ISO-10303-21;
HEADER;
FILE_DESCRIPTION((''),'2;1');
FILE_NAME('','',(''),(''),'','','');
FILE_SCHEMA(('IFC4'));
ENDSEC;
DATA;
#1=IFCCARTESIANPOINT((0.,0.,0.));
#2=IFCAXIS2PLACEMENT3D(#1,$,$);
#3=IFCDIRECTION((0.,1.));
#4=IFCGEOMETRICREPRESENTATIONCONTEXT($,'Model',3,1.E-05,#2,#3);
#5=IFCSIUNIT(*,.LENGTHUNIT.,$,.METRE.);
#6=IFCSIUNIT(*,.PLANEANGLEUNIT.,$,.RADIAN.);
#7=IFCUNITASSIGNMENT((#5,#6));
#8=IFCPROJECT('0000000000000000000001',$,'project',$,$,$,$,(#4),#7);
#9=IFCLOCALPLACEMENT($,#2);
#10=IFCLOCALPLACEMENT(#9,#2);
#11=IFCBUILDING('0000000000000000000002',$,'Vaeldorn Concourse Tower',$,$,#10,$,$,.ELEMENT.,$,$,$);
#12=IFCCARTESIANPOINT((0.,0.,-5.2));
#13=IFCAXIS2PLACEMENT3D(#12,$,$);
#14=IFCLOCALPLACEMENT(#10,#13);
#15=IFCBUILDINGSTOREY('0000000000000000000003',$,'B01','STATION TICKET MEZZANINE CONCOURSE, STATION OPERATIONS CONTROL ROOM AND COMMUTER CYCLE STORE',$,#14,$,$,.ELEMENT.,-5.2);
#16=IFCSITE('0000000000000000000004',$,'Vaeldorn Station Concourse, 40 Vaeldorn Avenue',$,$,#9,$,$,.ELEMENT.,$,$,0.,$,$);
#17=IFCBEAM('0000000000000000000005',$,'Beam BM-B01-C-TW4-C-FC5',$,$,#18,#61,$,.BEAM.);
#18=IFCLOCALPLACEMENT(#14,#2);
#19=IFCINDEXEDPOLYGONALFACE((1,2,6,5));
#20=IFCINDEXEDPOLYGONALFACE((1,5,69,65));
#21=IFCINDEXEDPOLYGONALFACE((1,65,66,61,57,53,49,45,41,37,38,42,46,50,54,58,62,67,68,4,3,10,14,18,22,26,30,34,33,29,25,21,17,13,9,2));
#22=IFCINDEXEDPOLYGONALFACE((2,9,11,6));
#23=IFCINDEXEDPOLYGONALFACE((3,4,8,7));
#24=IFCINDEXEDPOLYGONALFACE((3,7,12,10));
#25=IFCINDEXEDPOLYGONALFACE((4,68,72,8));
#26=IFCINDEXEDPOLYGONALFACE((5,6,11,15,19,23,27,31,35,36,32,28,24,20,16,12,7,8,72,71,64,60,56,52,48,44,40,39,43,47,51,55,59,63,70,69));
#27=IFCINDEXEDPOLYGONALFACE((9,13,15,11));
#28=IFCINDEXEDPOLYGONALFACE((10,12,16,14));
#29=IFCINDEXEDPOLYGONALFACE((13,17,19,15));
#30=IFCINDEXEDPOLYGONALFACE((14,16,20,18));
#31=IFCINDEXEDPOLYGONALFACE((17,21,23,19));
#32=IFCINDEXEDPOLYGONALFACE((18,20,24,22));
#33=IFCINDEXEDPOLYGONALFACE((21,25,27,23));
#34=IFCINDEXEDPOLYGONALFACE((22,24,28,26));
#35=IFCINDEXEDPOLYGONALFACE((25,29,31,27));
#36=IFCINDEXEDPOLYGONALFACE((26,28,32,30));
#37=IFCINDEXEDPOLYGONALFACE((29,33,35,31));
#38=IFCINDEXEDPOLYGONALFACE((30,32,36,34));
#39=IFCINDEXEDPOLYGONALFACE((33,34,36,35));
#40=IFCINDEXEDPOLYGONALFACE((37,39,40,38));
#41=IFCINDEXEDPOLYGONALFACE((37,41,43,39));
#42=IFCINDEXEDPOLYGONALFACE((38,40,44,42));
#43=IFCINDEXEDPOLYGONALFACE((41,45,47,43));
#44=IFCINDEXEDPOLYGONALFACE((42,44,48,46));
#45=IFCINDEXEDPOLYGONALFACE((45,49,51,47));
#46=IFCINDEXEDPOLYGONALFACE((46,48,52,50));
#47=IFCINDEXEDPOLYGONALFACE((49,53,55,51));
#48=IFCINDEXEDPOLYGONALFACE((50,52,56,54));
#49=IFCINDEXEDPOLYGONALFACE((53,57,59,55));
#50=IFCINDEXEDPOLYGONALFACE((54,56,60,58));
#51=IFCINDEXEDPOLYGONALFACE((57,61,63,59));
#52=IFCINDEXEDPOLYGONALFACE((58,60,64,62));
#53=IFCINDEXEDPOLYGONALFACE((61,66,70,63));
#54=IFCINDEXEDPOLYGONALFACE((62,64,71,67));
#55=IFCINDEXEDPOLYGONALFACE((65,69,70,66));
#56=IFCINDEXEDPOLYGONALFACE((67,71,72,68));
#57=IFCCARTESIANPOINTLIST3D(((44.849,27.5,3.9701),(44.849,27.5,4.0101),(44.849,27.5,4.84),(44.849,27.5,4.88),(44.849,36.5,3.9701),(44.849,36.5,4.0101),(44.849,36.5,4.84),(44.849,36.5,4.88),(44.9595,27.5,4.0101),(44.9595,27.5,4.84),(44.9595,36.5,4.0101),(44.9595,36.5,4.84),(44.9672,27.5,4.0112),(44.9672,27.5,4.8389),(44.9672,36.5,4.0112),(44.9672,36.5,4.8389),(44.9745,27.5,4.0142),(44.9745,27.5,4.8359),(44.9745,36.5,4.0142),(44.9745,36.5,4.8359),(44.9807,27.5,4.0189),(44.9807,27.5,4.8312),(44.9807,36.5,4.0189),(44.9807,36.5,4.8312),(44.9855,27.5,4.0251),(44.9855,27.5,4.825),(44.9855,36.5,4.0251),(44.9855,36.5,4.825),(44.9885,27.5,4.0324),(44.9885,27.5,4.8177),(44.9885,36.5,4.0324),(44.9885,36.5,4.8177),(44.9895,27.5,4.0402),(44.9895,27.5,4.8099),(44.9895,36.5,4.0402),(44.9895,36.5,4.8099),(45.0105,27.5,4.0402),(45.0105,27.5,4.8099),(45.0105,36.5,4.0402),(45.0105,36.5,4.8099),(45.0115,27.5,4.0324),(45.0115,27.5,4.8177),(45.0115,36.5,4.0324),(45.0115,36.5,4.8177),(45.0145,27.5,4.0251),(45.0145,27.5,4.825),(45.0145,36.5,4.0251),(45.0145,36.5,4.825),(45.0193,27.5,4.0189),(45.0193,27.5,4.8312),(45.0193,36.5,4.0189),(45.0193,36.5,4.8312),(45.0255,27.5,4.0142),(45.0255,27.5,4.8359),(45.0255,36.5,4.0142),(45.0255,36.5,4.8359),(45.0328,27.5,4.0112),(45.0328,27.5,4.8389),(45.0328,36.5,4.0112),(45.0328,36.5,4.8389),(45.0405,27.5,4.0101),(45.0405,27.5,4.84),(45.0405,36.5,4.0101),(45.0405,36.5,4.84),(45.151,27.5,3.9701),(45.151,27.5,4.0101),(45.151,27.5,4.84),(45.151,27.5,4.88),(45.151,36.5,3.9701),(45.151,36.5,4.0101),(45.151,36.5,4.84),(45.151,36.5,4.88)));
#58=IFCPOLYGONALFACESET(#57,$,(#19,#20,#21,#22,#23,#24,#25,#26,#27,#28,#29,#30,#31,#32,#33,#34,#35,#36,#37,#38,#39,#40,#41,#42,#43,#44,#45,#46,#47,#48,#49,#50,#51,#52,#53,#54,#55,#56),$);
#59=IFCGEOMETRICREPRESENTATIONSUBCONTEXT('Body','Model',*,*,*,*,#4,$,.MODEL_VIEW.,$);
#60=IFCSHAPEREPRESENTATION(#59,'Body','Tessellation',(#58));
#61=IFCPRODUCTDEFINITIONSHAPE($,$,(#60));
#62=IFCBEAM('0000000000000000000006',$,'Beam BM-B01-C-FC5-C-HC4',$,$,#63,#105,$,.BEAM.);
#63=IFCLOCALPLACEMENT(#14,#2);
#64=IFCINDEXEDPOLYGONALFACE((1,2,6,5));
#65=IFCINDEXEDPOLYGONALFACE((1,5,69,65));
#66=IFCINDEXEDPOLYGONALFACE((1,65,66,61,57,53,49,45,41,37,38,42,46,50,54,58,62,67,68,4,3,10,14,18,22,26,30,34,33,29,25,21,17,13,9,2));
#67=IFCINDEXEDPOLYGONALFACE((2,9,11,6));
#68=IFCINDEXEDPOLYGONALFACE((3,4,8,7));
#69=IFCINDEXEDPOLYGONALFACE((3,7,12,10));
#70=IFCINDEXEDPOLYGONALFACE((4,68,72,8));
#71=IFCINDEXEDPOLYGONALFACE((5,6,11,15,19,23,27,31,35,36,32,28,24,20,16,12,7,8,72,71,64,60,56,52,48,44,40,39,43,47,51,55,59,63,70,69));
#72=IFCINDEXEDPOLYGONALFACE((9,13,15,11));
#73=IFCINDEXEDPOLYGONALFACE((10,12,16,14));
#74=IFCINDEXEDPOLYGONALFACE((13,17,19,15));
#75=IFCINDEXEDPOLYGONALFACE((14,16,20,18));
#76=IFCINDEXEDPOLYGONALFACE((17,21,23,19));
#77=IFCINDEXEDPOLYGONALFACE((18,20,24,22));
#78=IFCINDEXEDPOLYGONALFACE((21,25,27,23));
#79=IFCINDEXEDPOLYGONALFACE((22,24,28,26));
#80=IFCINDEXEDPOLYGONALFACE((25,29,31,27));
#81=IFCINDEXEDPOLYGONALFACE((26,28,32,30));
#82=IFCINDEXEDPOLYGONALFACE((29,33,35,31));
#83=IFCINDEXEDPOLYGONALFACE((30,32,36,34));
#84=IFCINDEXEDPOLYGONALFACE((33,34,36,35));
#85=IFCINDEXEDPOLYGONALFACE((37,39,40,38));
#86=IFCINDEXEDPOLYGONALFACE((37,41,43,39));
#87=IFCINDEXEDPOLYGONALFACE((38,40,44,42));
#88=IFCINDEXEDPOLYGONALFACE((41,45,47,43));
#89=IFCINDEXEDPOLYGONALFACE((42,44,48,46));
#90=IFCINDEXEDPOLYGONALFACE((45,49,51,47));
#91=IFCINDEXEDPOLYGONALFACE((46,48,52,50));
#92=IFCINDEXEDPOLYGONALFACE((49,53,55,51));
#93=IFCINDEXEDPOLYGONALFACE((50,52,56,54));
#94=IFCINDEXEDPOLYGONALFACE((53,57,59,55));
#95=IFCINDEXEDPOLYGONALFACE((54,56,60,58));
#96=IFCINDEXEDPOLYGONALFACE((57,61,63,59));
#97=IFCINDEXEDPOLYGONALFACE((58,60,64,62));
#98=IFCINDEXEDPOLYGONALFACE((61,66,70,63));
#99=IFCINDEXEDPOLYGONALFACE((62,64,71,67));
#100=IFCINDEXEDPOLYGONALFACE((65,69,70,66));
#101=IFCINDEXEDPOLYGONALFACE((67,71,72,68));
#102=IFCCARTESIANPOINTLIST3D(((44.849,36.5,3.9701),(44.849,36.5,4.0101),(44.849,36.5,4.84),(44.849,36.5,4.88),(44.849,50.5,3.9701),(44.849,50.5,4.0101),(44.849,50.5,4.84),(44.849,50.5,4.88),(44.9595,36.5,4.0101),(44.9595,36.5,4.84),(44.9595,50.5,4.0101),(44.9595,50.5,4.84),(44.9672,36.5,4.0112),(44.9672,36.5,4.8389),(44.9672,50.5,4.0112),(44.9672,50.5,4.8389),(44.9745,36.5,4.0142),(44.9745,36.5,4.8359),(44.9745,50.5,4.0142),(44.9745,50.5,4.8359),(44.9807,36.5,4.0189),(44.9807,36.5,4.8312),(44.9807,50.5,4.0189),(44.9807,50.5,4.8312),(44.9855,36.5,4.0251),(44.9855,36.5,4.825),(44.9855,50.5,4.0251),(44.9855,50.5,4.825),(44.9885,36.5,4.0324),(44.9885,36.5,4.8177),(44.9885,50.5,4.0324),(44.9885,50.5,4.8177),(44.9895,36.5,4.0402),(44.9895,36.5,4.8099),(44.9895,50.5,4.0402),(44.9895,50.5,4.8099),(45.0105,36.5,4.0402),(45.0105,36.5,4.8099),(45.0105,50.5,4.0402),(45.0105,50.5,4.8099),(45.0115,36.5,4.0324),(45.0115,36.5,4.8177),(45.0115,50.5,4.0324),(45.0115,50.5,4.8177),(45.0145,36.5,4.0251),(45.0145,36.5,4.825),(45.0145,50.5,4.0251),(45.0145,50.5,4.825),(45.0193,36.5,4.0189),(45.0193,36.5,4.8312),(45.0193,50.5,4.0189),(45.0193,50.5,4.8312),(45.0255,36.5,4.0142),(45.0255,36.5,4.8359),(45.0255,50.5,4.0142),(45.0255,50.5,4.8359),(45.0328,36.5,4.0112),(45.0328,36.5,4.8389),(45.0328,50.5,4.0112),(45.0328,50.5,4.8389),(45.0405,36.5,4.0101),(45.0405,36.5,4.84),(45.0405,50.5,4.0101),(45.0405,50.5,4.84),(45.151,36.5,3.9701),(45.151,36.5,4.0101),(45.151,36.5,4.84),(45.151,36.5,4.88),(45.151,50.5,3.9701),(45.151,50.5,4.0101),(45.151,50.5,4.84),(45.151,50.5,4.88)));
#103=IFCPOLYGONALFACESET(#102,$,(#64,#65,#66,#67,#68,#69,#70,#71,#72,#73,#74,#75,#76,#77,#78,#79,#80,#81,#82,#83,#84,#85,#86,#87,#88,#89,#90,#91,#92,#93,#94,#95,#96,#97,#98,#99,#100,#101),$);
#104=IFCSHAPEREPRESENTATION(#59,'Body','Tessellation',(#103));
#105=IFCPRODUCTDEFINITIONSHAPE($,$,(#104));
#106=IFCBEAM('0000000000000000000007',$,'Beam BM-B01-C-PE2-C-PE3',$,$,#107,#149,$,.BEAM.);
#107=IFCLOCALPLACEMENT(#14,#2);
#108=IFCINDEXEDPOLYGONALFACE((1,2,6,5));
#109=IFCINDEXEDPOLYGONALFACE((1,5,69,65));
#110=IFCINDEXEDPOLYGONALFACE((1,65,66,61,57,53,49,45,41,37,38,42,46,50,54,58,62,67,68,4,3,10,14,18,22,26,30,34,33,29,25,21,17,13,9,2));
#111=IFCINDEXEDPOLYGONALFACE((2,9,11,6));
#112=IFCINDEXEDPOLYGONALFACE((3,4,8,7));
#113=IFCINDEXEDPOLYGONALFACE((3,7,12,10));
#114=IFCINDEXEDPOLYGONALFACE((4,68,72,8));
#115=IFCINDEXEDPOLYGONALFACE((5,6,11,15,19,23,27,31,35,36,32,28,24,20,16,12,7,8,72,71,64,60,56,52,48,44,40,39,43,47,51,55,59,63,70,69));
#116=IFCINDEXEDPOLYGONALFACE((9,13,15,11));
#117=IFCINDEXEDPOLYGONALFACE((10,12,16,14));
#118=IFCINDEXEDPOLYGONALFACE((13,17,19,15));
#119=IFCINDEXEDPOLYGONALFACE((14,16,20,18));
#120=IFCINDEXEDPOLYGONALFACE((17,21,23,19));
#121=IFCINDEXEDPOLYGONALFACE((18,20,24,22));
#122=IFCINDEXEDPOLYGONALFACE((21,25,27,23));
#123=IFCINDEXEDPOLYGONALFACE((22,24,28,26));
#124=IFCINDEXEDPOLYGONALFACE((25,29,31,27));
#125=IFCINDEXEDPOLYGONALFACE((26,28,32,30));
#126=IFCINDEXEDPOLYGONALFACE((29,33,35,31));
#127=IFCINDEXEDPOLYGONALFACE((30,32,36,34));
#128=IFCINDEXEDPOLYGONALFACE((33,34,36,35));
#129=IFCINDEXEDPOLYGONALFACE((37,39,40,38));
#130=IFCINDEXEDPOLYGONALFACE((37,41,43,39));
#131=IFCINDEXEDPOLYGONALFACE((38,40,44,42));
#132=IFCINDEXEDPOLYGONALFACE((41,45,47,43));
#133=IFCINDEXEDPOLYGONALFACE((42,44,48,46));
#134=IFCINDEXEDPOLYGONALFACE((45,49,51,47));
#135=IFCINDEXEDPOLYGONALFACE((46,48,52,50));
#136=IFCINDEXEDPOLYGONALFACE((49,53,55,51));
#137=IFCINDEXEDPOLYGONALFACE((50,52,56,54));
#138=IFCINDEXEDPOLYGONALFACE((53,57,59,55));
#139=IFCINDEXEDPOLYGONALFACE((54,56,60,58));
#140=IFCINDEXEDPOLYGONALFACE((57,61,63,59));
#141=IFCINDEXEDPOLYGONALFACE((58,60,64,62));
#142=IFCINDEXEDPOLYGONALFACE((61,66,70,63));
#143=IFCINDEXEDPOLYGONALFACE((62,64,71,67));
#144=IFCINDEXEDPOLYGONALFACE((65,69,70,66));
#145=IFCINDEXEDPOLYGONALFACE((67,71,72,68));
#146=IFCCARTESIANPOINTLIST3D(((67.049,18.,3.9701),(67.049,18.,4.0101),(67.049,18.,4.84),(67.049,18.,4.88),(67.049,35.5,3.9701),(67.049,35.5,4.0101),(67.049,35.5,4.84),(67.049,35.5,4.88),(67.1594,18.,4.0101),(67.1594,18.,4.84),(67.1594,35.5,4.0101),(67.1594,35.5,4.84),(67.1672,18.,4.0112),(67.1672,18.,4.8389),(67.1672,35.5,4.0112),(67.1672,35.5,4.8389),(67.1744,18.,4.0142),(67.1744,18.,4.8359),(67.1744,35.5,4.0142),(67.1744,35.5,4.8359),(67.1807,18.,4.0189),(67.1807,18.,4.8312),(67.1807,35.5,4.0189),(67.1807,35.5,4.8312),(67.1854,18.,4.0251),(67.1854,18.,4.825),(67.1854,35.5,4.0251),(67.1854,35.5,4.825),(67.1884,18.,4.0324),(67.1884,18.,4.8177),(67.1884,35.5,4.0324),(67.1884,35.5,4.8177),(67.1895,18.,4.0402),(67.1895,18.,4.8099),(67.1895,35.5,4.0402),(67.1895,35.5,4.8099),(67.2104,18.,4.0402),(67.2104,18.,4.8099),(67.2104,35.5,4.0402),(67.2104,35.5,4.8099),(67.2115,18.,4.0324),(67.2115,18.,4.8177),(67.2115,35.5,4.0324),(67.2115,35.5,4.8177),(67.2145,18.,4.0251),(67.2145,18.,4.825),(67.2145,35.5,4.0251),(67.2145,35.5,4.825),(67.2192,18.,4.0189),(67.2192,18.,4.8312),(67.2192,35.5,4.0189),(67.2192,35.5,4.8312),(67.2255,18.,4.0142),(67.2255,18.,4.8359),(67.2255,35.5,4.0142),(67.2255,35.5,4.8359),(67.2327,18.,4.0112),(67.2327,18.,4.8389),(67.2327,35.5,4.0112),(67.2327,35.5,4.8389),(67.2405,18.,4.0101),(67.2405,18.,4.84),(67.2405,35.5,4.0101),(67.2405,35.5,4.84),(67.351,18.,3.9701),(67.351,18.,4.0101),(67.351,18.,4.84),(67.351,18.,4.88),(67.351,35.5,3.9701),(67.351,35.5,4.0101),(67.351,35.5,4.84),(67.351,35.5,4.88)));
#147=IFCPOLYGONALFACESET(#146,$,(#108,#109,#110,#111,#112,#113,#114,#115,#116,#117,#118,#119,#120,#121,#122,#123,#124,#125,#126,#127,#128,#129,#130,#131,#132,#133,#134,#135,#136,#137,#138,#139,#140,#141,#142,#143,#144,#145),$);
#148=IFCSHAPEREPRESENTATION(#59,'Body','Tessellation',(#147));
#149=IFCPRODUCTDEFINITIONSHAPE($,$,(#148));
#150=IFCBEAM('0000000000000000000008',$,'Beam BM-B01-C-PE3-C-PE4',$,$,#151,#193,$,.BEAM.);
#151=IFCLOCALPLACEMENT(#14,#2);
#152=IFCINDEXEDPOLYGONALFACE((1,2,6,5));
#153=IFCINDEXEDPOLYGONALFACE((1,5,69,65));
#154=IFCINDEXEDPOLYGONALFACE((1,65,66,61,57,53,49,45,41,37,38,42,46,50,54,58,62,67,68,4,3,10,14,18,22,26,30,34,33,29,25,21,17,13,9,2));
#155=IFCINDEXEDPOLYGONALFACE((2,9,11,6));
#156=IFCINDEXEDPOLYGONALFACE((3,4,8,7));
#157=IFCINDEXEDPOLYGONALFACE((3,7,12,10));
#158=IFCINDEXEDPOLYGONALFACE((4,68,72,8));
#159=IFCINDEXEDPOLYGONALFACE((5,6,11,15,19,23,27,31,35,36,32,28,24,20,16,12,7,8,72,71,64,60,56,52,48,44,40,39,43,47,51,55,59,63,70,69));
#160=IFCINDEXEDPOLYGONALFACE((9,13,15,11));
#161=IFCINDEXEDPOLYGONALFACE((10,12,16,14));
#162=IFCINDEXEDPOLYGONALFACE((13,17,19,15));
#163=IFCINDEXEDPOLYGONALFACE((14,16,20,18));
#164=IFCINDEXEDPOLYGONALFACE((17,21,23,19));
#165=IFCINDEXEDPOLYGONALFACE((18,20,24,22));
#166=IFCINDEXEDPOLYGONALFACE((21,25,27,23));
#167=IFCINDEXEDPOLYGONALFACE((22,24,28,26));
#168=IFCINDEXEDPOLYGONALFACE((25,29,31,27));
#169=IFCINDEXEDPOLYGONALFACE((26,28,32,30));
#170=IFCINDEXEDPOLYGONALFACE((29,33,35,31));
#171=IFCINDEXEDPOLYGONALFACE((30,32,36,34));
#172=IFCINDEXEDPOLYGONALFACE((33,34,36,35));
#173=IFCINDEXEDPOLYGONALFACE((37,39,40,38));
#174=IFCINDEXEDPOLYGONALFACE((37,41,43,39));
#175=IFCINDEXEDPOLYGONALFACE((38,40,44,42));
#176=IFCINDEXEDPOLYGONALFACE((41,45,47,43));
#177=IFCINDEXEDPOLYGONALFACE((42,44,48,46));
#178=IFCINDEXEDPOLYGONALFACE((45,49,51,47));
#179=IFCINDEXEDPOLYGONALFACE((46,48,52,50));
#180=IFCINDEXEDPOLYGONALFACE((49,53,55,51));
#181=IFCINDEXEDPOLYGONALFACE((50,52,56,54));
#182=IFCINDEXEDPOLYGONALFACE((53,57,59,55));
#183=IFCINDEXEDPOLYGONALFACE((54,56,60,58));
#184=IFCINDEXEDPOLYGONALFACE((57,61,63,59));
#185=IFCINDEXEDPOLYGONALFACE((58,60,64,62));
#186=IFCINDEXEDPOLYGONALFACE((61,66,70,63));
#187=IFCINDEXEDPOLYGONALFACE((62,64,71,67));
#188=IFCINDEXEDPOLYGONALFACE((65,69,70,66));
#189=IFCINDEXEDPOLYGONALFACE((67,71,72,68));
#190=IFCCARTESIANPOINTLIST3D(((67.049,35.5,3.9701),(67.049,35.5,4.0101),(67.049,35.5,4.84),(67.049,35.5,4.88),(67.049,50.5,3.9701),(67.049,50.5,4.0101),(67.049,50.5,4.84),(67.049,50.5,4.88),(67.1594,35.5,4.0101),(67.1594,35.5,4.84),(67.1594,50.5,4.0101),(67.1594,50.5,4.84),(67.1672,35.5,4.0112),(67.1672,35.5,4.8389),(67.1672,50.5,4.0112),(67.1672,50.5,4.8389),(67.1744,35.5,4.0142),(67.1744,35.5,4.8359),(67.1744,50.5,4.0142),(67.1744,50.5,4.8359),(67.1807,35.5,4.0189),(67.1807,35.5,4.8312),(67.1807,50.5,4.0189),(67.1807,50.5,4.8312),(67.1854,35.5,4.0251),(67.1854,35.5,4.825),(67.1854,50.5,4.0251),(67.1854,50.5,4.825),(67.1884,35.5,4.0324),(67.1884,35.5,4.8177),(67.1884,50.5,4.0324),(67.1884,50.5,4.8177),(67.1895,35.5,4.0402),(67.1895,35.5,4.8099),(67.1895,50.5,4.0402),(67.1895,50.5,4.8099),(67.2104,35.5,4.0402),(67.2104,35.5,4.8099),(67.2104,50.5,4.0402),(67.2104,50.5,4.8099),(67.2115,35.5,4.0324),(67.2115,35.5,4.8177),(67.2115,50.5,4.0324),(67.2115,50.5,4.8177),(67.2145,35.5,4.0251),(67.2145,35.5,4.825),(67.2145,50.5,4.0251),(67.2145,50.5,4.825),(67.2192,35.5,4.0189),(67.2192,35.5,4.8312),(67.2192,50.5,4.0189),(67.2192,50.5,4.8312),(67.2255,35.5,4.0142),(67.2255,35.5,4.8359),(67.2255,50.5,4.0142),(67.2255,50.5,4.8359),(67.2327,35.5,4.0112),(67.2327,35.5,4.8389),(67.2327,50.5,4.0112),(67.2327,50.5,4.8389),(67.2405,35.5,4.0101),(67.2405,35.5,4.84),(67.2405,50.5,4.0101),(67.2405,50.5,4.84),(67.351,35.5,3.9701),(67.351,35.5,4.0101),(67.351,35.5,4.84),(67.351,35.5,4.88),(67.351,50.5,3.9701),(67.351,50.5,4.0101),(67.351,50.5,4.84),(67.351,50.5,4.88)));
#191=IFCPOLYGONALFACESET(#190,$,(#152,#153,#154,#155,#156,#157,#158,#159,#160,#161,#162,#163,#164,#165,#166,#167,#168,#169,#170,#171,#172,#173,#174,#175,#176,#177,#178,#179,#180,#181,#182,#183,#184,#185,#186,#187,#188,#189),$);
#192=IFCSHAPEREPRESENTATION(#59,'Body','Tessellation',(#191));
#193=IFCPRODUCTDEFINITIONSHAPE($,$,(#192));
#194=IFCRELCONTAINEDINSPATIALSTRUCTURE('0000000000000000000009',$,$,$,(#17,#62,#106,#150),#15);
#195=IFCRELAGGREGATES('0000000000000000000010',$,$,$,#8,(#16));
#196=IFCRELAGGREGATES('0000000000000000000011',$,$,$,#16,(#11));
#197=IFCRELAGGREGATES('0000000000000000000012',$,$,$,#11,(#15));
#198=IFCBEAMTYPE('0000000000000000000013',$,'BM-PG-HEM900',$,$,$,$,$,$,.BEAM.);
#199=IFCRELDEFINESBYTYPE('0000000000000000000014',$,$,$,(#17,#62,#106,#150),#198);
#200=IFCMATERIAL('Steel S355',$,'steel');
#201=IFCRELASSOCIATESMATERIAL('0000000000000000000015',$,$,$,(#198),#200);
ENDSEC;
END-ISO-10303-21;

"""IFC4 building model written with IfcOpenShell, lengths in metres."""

from ifc_helpers import new_model, si_unit, direction, frame, origin, origin_2d, place, context, subcontext, project, spatial, i_section, extrude, source, transform, mapped, material, material_profile, profile_set, type_object, element, save


model = new_model("IFC4")

# Units and contexts
model_context = context("Model", 3, precision=1e-05, world=origin(), true_north=direction((0.0, 1.0)))
body_context = subcontext(model_context, "Body", "Model", "MODEL_VIEW")
ifc_project = project(units=[si_unit("LENGTHUNIT", "METRE"), si_unit("PLANEANGLEUNIT", "RADIAN")], contexts=[model_context])

# Site, building, storey
site_placement = place(None, origin())
site = spatial("IfcSite", under=ifc_project, at=site_placement, Name="Vaeldorn Station Concourse, 40 Vaeldorn Avenue", CompositionType="ELEMENT", RefElevation=0.0)
building_placement = place(site_placement, origin())
building = spatial("IfcBuilding", under=site, at=building_placement, Name="Vaeldorn Concourse Tower", CompositionType="ELEMENT")
storey_placement = place(building_placement, frame((0.0, 0.0, -5.2)))
storey = spatial("IfcBuildingStorey", under=building, at=storey_placement, Name="B01", Description="STATION TICKET MEZZANINE CONCOURSE, STATION OPERATIONS CONTROL ROOM AND COMMUTER CYCLE STORE", CompositionType="ELEMENT", Elevation=-5.2)

# Beams
ifc_material_1 = material(Name="Steel S355", Category="steel")
ifc_material_profile_1 = material_profile(ifc_material_1, i_section(OverallWidth=0.302, OverallDepth=0.9099, WebThickness=0.021, FlangeThickness=0.04, FilletRadius=0.03, at=origin_2d()), Name="HEM 900")
ifc_profile_set_1 = profile_set([ifc_material_profile_1], Name="Steel S355")
beam_type_1 = type_object("IfcBeamType", Name="BM-PG-HEM900", PredefinedType="BEAM", material=ifc_profile_set_1)
shared_shape_1 = source(origin(), body_context, "Body", "SweptSolid", [
    extrude(i_section(OverallWidth=0.302, OverallDepth=0.9099, WebThickness=0.021, FlangeThickness=0.04, FilletRadius=0.03, at=origin_2d()), origin(), (0.0, 0.0, 1.0), 9.0),
])
beam_1_placement = place(storey_placement, frame((45.0, 27.5, 4.425), z_axis=(0.0, 1.0, 0.0), x_axis=(-1.0, 0.0, 0.0)))
element("IfcBeam", 1, at=beam_1_placement, inside=storey, type_object=beam_type_1, Name="Beam BM-B01-C-TW4-C-FC5", PredefinedType="BEAM", context=body_context, shape_type="MappedRepresentation", body=[
    mapped(shared_shape_1, transform((0.0, 0.0, 0.0), scale=1.0)),
])
shared_shape_2 = source(origin(), body_context, "Body", "SweptSolid", [
    extrude(i_section(OverallWidth=0.302, OverallDepth=0.9099, WebThickness=0.021, FlangeThickness=0.04, FilletRadius=0.03, at=origin_2d()), origin(), (0.0, 0.0, 1.0), 14.0),
])
beam_2_placement = place(storey_placement, frame((45.0, 36.5, 4.425), z_axis=(0.0, 1.0, 0.0), x_axis=(-1.0, 0.0, 0.0)))
element("IfcBeam", 2, at=beam_2_placement, inside=storey, type_object=beam_type_1, Name="Beam BM-B01-C-FC5-C-HC4", PredefinedType="BEAM", context=body_context, shape_type="MappedRepresentation", body=[
    mapped(shared_shape_2, transform((0.0, 0.0, 0.0), scale=1.0)),
])
shared_shape_3 = source(origin(), body_context, "Body", "SweptSolid", [
    extrude(i_section(OverallWidth=0.302, OverallDepth=0.9099, WebThickness=0.021, FlangeThickness=0.04, FilletRadius=0.03, at=origin_2d()), origin(), (0.0, 0.0, 1.0), 17.5),
])
beam_3_placement = place(storey_placement, frame((67.2, 18.0, 4.425), z_axis=(0.0, 1.0, 0.0), x_axis=(-1.0, 0.0, 0.0)))
element("IfcBeam", 3, at=beam_3_placement, inside=storey, type_object=beam_type_1, Name="Beam BM-B01-C-PE2-C-PE3", PredefinedType="BEAM", context=body_context, shape_type="MappedRepresentation", body=[
    mapped(shared_shape_3, transform((0.0, 0.0, 0.0), scale=1.0)),
])
shared_shape_4 = source(origin(), body_context, "Body", "SweptSolid", [
    extrude(i_section(OverallWidth=0.302, OverallDepth=0.9099, WebThickness=0.021, FlangeThickness=0.04, FilletRadius=0.03, at=origin_2d()), origin(), (0.0, 0.0, 1.0), 15.0),
])
beam_4_placement = place(storey_placement, frame((67.2, 35.5, 4.425), z_axis=(0.0, 1.0, 0.0), x_axis=(-1.0, 0.0, 0.0)))
element("IfcBeam", 4, at=beam_4_placement, inside=storey, type_object=beam_type_1, Name="Beam BM-B01-C-PE3-C-PE4", PredefinedType="BEAM", context=body_context, shape_type="MappedRepresentation", body=[
    mapped(shared_shape_4, transform((0.0, 0.0, 0.0), scale=1.0)),
])

save(model, "model.ifc")
